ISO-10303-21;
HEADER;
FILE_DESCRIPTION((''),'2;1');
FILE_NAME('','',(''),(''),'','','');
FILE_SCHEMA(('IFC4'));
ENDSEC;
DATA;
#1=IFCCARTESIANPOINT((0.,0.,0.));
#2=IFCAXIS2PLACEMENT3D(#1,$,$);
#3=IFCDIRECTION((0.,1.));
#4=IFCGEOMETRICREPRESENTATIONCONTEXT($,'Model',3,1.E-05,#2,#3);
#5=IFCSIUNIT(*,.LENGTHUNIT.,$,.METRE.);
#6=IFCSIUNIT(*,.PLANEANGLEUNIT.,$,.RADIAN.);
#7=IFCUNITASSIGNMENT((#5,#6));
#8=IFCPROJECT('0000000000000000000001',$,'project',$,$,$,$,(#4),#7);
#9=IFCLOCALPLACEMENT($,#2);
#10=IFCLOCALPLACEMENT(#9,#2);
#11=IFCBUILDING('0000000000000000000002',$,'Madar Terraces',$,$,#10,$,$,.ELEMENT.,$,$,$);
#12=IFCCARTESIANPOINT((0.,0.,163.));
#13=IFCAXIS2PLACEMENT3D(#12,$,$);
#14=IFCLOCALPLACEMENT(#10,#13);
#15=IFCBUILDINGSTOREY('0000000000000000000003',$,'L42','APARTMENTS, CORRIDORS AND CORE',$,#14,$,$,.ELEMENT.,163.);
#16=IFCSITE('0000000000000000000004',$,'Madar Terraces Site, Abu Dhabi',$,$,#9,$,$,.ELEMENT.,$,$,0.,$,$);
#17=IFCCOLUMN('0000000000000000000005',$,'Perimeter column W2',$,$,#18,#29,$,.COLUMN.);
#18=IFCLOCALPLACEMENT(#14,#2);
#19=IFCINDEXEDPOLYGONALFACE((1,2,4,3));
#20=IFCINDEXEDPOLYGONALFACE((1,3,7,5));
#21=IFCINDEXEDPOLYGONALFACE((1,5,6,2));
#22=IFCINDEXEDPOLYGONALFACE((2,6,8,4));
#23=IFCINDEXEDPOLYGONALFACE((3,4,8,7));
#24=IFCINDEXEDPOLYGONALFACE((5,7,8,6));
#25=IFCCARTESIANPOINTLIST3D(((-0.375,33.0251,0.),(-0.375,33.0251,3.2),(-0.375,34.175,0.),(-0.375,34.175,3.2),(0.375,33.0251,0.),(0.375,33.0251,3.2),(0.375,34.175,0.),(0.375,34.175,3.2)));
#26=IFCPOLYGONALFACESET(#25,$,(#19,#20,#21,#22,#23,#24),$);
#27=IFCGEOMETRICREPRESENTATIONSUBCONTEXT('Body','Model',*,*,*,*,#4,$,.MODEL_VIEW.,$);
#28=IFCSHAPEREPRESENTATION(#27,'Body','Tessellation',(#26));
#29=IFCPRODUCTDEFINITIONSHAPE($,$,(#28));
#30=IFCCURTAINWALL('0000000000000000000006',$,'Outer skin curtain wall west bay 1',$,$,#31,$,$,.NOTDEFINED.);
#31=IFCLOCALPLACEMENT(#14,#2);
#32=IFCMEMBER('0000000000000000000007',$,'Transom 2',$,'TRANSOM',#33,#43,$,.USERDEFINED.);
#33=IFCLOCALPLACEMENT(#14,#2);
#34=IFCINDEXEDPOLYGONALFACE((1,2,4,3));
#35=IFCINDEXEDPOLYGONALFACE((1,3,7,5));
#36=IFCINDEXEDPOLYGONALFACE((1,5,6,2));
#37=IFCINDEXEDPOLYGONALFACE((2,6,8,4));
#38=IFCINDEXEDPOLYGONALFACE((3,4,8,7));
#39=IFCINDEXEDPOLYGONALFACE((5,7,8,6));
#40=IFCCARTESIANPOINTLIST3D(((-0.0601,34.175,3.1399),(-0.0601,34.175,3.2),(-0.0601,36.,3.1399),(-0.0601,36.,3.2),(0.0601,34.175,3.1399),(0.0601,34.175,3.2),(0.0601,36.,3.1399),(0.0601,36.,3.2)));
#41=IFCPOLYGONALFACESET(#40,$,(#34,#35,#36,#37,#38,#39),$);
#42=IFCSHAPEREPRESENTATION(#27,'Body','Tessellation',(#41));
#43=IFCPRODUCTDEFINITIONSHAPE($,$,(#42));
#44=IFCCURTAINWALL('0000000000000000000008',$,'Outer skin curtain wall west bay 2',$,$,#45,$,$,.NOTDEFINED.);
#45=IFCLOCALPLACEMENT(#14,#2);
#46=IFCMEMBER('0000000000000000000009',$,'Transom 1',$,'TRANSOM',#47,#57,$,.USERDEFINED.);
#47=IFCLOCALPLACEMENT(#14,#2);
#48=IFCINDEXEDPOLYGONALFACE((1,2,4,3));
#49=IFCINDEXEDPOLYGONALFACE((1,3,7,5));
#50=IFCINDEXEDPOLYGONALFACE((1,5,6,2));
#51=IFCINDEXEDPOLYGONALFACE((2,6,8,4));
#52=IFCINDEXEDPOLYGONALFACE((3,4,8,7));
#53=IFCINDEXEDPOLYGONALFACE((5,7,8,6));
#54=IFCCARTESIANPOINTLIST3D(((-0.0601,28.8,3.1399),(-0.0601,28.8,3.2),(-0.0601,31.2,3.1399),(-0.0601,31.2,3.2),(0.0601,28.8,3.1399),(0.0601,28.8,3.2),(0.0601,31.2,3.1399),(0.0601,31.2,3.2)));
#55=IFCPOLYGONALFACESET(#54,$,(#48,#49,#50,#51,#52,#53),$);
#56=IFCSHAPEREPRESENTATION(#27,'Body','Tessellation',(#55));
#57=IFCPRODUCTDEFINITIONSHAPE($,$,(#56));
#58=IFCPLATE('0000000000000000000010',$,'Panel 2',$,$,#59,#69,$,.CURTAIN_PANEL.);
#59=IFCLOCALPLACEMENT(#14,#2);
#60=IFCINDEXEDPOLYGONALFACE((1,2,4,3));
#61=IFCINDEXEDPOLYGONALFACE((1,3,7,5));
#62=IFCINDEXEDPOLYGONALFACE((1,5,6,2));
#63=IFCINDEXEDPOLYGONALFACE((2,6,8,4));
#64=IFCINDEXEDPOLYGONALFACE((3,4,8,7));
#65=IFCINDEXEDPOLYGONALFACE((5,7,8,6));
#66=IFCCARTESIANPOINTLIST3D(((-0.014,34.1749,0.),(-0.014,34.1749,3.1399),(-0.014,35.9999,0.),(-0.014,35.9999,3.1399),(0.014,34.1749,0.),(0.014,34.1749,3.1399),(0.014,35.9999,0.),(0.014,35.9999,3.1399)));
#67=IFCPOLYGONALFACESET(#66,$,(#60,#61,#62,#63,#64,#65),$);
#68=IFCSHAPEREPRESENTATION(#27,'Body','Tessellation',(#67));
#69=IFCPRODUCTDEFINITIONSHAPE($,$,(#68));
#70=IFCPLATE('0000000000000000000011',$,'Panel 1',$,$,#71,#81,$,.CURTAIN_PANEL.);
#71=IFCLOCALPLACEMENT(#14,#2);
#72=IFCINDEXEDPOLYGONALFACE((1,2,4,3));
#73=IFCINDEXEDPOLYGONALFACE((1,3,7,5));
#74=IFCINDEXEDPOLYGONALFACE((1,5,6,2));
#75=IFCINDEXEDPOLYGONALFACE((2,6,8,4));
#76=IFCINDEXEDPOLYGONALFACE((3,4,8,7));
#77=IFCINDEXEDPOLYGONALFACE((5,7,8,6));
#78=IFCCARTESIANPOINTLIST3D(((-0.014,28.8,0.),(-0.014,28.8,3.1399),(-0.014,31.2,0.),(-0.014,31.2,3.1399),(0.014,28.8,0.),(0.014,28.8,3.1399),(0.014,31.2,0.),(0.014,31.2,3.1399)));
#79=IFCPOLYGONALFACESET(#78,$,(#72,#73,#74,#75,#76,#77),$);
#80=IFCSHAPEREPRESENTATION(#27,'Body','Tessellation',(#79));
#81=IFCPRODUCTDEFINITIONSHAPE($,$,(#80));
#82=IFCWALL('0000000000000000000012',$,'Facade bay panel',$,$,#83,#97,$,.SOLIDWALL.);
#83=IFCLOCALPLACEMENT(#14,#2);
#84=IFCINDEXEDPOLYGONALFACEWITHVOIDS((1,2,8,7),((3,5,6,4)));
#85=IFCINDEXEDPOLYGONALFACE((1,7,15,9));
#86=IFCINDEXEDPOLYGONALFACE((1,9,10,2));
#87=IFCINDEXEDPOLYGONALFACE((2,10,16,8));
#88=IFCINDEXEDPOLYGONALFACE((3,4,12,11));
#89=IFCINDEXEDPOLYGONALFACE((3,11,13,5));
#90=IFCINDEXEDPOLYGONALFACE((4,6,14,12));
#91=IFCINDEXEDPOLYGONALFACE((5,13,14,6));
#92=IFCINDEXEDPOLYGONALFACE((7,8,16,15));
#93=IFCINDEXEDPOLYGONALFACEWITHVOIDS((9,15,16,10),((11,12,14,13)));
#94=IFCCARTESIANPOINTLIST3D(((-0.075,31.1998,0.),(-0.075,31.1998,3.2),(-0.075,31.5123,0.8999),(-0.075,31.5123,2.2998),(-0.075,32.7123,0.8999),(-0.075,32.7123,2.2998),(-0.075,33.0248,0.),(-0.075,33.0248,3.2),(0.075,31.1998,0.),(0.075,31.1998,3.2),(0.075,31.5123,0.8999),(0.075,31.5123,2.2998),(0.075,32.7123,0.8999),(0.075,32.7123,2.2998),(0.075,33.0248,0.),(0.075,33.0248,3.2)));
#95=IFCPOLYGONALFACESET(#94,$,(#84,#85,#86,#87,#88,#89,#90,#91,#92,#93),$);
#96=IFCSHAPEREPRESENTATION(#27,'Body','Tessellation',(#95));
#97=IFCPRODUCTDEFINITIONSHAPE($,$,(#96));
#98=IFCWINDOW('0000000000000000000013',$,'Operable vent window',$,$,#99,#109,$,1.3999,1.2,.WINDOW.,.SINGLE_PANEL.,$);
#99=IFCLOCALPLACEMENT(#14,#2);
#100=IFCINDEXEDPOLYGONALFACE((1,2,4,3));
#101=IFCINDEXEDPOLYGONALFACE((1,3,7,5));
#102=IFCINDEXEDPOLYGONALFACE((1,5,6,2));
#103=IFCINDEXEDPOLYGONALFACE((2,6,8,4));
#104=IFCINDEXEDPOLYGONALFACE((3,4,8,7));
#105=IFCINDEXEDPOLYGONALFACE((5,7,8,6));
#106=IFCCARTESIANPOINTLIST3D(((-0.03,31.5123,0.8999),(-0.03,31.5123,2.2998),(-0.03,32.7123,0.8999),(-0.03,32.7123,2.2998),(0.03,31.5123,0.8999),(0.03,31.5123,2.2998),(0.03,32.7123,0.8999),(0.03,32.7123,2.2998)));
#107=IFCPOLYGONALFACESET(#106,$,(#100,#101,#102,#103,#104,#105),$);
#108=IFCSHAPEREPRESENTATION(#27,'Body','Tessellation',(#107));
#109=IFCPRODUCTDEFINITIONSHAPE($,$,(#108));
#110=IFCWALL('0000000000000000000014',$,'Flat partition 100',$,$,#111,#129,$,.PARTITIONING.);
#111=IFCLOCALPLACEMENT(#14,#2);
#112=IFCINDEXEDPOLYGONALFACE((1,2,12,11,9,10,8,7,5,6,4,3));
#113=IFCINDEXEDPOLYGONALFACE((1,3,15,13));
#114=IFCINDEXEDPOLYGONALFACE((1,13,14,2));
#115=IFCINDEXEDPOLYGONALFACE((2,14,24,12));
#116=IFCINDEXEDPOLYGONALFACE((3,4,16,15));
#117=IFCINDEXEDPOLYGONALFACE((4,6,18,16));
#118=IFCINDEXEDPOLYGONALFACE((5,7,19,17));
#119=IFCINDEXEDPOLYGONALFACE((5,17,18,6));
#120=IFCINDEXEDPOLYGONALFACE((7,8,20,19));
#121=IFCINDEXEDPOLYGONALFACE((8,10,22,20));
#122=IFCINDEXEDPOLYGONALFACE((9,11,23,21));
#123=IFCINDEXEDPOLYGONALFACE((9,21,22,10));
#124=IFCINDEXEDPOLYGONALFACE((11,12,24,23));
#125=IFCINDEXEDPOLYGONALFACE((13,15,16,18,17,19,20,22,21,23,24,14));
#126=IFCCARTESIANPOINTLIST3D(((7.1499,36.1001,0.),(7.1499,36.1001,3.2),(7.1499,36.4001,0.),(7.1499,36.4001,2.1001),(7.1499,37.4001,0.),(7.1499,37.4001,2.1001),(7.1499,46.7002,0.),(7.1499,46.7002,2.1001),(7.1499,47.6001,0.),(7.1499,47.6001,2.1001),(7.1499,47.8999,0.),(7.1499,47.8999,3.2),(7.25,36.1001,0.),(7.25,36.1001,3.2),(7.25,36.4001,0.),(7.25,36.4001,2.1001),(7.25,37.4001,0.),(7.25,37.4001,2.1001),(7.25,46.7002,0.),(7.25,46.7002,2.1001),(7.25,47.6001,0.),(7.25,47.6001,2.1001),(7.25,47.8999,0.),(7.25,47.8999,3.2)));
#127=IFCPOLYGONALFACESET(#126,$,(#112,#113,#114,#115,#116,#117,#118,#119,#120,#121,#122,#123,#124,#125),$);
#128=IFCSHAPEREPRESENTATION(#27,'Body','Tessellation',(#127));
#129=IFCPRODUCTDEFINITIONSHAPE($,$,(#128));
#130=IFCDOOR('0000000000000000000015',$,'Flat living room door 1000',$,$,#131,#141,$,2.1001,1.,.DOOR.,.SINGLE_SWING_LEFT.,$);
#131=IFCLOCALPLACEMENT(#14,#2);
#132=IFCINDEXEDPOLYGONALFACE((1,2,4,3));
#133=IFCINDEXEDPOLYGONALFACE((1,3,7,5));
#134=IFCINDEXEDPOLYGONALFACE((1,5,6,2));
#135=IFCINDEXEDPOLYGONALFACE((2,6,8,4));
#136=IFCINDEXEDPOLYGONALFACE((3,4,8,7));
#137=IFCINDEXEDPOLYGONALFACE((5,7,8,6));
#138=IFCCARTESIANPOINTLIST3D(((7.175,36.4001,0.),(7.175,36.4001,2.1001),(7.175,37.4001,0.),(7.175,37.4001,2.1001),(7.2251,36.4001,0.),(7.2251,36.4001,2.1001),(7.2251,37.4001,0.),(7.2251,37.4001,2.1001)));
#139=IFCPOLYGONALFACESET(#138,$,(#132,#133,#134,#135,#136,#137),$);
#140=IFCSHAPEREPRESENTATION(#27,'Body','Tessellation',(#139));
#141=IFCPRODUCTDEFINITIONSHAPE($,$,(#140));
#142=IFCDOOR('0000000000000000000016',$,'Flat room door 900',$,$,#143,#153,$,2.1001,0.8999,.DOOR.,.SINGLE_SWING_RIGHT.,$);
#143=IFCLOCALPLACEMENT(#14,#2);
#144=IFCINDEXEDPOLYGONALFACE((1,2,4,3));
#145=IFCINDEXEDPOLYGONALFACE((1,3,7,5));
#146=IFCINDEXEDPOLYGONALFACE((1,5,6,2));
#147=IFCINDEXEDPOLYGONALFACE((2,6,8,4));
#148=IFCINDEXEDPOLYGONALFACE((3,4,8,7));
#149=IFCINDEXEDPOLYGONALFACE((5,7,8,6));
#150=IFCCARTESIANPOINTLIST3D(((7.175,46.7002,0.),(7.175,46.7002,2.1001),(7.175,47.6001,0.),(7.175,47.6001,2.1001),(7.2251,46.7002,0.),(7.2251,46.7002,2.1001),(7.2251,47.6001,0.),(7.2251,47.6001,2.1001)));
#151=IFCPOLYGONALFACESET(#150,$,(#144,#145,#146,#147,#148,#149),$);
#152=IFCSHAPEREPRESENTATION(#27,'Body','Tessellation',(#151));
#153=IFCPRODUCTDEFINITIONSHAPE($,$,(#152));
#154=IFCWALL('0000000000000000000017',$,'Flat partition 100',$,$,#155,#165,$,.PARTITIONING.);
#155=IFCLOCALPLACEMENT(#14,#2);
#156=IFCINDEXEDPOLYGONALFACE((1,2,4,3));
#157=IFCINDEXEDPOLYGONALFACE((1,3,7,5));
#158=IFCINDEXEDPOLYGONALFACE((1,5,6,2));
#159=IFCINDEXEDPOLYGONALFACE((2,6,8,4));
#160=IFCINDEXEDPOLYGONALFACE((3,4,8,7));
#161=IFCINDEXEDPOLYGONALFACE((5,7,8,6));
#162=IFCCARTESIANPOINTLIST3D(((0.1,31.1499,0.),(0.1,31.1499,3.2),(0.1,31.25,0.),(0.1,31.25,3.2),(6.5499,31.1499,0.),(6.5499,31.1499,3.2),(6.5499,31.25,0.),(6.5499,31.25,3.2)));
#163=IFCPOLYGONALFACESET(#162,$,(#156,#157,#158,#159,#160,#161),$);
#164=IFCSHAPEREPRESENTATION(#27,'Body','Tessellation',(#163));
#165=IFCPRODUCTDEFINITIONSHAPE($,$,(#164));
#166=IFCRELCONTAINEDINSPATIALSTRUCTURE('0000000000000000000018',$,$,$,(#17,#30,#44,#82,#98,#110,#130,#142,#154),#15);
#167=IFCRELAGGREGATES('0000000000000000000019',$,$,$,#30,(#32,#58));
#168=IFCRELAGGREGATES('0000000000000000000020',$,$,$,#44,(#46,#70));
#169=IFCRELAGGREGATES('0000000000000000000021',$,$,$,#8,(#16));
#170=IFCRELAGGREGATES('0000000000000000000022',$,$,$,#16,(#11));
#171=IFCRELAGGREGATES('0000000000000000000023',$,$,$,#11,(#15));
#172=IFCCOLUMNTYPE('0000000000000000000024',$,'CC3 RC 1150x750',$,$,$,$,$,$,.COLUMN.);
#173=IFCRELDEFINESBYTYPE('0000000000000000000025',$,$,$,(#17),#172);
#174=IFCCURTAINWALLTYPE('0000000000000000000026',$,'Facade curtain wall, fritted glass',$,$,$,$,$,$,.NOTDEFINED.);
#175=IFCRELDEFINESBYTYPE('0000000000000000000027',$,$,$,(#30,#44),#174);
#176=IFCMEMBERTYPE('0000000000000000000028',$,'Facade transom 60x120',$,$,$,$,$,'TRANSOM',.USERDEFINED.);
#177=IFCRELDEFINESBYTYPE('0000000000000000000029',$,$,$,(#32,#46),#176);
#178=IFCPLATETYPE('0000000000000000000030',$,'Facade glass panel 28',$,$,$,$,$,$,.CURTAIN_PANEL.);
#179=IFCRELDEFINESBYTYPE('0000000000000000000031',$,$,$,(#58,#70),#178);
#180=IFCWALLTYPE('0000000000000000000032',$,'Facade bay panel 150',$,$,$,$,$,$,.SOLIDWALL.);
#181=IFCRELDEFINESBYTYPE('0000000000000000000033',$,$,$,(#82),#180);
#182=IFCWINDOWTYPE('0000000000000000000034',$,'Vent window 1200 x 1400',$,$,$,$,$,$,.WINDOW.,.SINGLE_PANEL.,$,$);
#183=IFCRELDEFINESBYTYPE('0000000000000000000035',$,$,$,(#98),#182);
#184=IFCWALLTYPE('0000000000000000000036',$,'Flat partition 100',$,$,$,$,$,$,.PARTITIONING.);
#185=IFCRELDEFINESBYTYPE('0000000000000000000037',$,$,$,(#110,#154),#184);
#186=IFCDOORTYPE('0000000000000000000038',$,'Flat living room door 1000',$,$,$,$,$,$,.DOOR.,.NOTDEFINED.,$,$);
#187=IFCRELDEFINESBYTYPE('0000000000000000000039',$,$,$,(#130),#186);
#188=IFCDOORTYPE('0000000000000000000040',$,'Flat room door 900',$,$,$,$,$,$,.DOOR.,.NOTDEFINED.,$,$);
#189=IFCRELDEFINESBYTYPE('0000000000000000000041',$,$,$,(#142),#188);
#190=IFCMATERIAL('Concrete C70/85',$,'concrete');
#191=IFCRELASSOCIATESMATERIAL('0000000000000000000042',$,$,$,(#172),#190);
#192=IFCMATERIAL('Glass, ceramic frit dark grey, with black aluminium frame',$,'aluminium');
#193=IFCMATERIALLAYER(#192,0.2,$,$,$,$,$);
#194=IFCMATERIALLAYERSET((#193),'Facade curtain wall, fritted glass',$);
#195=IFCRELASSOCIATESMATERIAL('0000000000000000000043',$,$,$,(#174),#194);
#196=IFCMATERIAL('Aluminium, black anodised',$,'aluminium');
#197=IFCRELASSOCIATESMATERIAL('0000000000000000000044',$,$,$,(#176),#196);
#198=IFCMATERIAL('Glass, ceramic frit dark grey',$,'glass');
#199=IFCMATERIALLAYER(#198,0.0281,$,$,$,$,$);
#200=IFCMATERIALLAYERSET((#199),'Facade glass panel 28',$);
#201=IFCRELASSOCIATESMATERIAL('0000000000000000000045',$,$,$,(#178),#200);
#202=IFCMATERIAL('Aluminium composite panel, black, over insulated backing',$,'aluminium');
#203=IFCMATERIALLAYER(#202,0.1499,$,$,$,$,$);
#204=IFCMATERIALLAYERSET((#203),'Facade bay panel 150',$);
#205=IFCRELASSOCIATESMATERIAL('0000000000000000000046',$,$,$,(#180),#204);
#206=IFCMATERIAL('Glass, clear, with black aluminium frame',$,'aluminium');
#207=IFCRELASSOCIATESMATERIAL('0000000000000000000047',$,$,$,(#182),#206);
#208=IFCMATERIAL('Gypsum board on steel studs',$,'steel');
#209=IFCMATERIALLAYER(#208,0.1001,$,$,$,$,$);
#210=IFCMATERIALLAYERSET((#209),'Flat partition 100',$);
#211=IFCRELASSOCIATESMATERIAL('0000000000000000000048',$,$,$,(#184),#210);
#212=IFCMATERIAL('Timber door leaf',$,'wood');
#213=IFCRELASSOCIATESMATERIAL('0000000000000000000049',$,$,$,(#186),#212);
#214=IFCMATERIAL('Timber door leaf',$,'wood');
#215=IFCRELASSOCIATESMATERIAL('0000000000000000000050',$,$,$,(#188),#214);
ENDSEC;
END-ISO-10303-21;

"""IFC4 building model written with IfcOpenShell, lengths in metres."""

from ifc_helpers import new_model, si_unit, direction, frame, frame_2d, origin, origin_2d, place, context, subcontext, project, spatial, rectangle, extrude, material, layer, layer_set, material_profile, profile_set, type_object, element, fill, aggregate, save


model = new_model("IFC4")

# Units and contexts
model_context = context("Model", 3, precision=1e-05, world=origin(), true_north=direction((0.0, 1.0)))
body_context = subcontext(model_context, "Body", "Model", "MODEL_VIEW")
ifc_project = project(units=[si_unit("LENGTHUNIT", "METRE"), si_unit("PLANEANGLEUNIT", "RADIAN")], contexts=[model_context])

# Site, building, storey
site_placement = place(None, origin())
site = spatial("IfcSite", under=ifc_project, at=site_placement, Name="Madar Terraces Site, Abu Dhabi", CompositionType="ELEMENT", RefElevation=0.0)
building_placement = place(site_placement, origin())
building = spatial("IfcBuilding", under=site, at=building_placement, Name="Madar Terraces", CompositionType="ELEMENT")
storey_placement = place(building_placement, frame((0.0, 0.0, 163.0)))
storey = spatial("IfcBuildingStorey", under=building, at=storey_placement, Name="L42", Description="APARTMENTS, CORRIDORS AND CORE", CompositionType="ELEMENT", Elevation=163.0)

# Column
ifc_material_1 = material(Name="Concrete C70/85", Category="concrete")
ifc_material_profile_1 = material_profile(ifc_material_1, rectangle(XDim=1.1499, YDim=0.75, at=origin_2d()), Name="CC3 RC 1150x750")
ifc_profile_set_1 = profile_set([ifc_material_profile_1], Name="Concrete C70/85")
column_type = type_object("IfcColumnType", Name="CC3 RC 1150x750", PredefinedType="COLUMN", material=ifc_profile_set_1)
column_placement = place(storey_placement, frame((0.0, 33.6001, 0.0), z_axis=(0.0, 0.0, 1.0), x_axis=(0.0, 1.0, 0.0)))
element("IfcColumn", 1, at=column_placement, inside=storey, type_object=column_type, Name="Perimeter column W2", PredefinedType="COLUMN", context=body_context, shape_type="SweptSolid", body=[
    extrude(rectangle(XDim=1.1499, YDim=0.75, at=origin_2d()), origin(), (0.0, 0.0, 1.0), 3.2),
])

# Curtain walls, members
ifc_material_2 = material(Name="Glass, ceramic frit dark grey, with black aluminium frame", Category="aluminium")
ifc_layer_1 = layer(ifc_material_2, 0.2)
ifc_layer_set_1 = layer_set([ifc_layer_1], Name="Facade curtain wall, fritted glass")
curtain_wall_type = type_object("IfcCurtainWallType", Name="Facade curtain wall, fritted glass", PredefinedType="NOTDEFINED", material=ifc_layer_set_1)
curtain_wall_1_placement = place(storey_placement, origin())
curtain_wall_1 = element("IfcCurtainWall", 2, at=curtain_wall_1_placement, inside=storey, type_object=curtain_wall_type, Name="Outer skin curtain wall west bay 1", PredefinedType="NOTDEFINED")
ifc_material_3 = material(Name="Aluminium, black anodised", Category="aluminium")
ifc_material_profile_2 = material_profile(ifc_material_3, rectangle(XDim=0.1201, YDim=0.0601, at=origin_2d()), Name="Facade transom 60x120")
ifc_profile_set_2 = profile_set([ifc_material_profile_2], Name="Aluminium, black anodised")
member_type = type_object("IfcMemberType", Name="Facade transom 60x120", ElementType="TRANSOM", PredefinedType="USERDEFINED", material=ifc_profile_set_2)
member_1_placement = place(storey_placement, frame((0.0, 36.0, 3.1699), z_axis=(0.0, -1.0, 0.0), x_axis=(1.0, 0.0, 0.0)))
member_1 = element("IfcMember", 3, at=member_1_placement, type_object=member_type, Name="Transom 2", ObjectType="TRANSOM", PredefinedType="USERDEFINED", context=body_context, shape_type="SweptSolid", body=[
    extrude(rectangle(XDim=0.1201, YDim=0.0601, at=origin_2d()), origin(), (0.0, 0.0, 1.0), 1.825),
])
curtain_wall_2_placement = place(storey_placement, origin())
curtain_wall_2 = element("IfcCurtainWall", 4, at=curtain_wall_2_placement, inside=storey, type_object=curtain_wall_type, Name="Outer skin curtain wall west bay 2", PredefinedType="NOTDEFINED")
member_2_placement = place(storey_placement, frame((0.0, 31.2, 3.1699), z_axis=(0.0, -1.0, 0.0), x_axis=(1.0, 0.0, 0.0)))
member_2 = element("IfcMember", 5, at=member_2_placement, type_object=member_type, Name="Transom 1", ObjectType="TRANSOM", PredefinedType="USERDEFINED", context=body_context, shape_type="SweptSolid", body=[
    extrude(rectangle(XDim=0.1201, YDim=0.0601, at=origin_2d()), origin(), (0.0, 0.0, 1.0), 2.3999),
])

# Plates
ifc_material_4 = material(Name="Glass, ceramic frit dark grey", Category="glass")
ifc_layer_2 = layer(ifc_material_4, 0.0281)
ifc_layer_set_2 = layer_set([ifc_layer_2], Name="Facade glass panel 28")
plate_type = type_object("IfcPlateType", Name="Facade glass panel 28", PredefinedType="CURTAIN_PANEL", material=ifc_layer_set_2)
plate_1_placement = place(storey_placement, frame((0.0, 35.0874, 0.0), z_axis=(0.0, 0.0, 1.0), x_axis=(0.0, -1.0, 0.0)))
plate_1 = element("IfcPlate", 6, at=plate_1_placement, type_object=plate_type, Name="Panel 2", PredefinedType="CURTAIN_PANEL", context=body_context, shape_type="SweptSolid", body=[
    extrude(rectangle(XDim=1.825, YDim=0.0281, at=origin_2d()), origin(), (0.0, 0.0, 1.0), 3.1399),
])
aggregate(curtain_wall_1, [member_1, plate_1])
plate_2_placement = place(storey_placement, frame((0.0, 30.0, 0.0), z_axis=(0.0, 0.0, 1.0), x_axis=(0.0, -1.0, 0.0)))
plate_2 = element("IfcPlate", 7, at=plate_2_placement, type_object=plate_type, Name="Panel 1", PredefinedType="CURTAIN_PANEL", context=body_context, shape_type="SweptSolid", body=[
    extrude(rectangle(XDim=2.3999, YDim=0.0281, at=origin_2d()), origin(), (0.0, 0.0, 1.0), 3.1399),
])
aggregate(curtain_wall_2, [member_2, plate_2])

# Wall, opening, window
ifc_material_5 = material(Name="Aluminium composite panel, black, over insulated backing", Category="aluminium")
ifc_layer_3 = layer(ifc_material_5, 0.1499)
ifc_layer_set_3 = layer_set([ifc_layer_3], Name="Facade bay panel 150")
wall_type_1 = type_object("IfcWallType", Name="Facade bay panel 150", PredefinedType="SOLIDWALL", material=ifc_layer_set_3)
wall_1_placement = place(storey_placement, frame((0.0, 33.0249, 0.0), z_axis=(0.0, 0.0, 1.0), x_axis=(0.0, -1.0, 0.0)))
wall_1 = element("IfcWall", 8, at=wall_1_placement, inside=storey, type_object=wall_type_1, Name="Facade bay panel", PredefinedType="SOLIDWALL", context=body_context, shape_type="SweptSolid", body=[
    extrude(rectangle(XDim=1.825, YDim=0.1499, at=frame_2d((0.9126, 0.0))), origin(), (0.0, 0.0, 1.0), 3.2),
])
opening_1_placement = place(wall_1_placement, frame((0.3125, 0.0, 0.8999)))
opening_1 = element("IfcOpeningElement", 9, at=opening_1_placement, cuts=wall_1, PredefinedType="OPENING", context=body_context, shape_type="SweptSolid", body=[
    extrude(rectangle(XDim=1.2, YDim=1.3999, at=frame_2d((0.6001, 0.7))), frame((0.0, 0.085, 0.0), z_axis=(0.0, -1.0, 0.0), x_axis=(1.0, 0.0, 0.0)), (0.0, 0.0, 1.0), 0.1699),
])
ifc_material_6 = material(Name="Glass, clear, with black aluminium frame", Category="aluminium")
window_type = type_object("IfcWindowType", Name="Vent window 1200 x 1400", PartitioningType="SINGLE_PANEL", PredefinedType="WINDOW", material=ifc_material_6)
window_placement = place(opening_1_placement, origin())
window = element("IfcWindow", 10, at=window_placement, inside=storey, type_object=window_type, Name="Operable vent window", OverallHeight=1.3999, OverallWidth=1.2, PartitioningType="SINGLE_PANEL", PredefinedType="WINDOW", context=body_context, shape_type="SweptSolid", body=[
    extrude(rectangle(XDim=1.2, YDim=1.3999, at=frame_2d((0.6001, 0.7))), frame((0.0, 0.03, 0.0), z_axis=(0.0, -1.0, 0.0), x_axis=(1.0, 0.0, 0.0)), (0.0, 0.0, 1.0), 0.0601),
])
fill(opening_1, window)

# Wall, openings, doors
ifc_material_7 = material(Name="Gypsum board on steel studs", Category="steel")
ifc_layer_4 = layer(ifc_material_7, 0.1001)
ifc_layer_set_4 = layer_set([ifc_layer_4], Name="Flat partition 100")
wall_type_2 = type_object("IfcWallType", Name="Flat partition 100", PredefinedType="PARTITIONING", material=ifc_layer_set_4)
wall_2_placement = place(storey_placement, frame((7.2, 36.1001, 0.0), z_axis=(0.0, 0.0, 1.0), x_axis=(0.0, 1.0, 0.0)))
wall_2 = element("IfcWall", 11, at=wall_2_placement, inside=storey, type_object=wall_type_2, Name="Flat partition 100", PredefinedType="PARTITIONING", context=body_context, shape_type="SweptSolid", body=[
    extrude(rectangle(XDim=11.7998, YDim=0.1001, at=frame_2d((5.8999, 0.0))), origin(), (0.0, 0.0, 1.0), 3.2),
])
opening_2_placement = place(wall_2_placement, frame((0.3, 0.0, 0.0)))
opening_2 = element("IfcOpeningElement", 12, at=opening_2_placement, cuts=wall_2, PredefinedType="OPENING", context=body_context, shape_type="SweptSolid", body=[
    extrude(rectangle(XDim=1.0, YDim=2.1001, at=frame_2d((0.5, 1.05))), frame((0.0, 0.0601, 0.0), z_axis=(0.0, -1.0, 0.0), x_axis=(1.0, 0.0, 0.0)), (0.0, 0.0, 1.0), 0.1201),
])
opening_3_placement = place(wall_2_placement, frame((10.6001, 0.0, 0.0)))
opening_3 = element("IfcOpeningElement", 13, at=opening_3_placement, cuts=wall_2, PredefinedType="OPENING", context=body_context, shape_type="SweptSolid", body=[
    extrude(rectangle(XDim=0.8999, YDim=2.1001, at=frame_2d((0.45, 1.05))), frame((0.0, 0.0601, 0.0), z_axis=(0.0, -1.0, 0.0), x_axis=(1.0, 0.0, 0.0)), (0.0, 0.0, 1.0), 0.1201),
])
ifc_material_8 = material(Name="Timber door leaf", Category="wood")
door_type_1 = type_object("IfcDoorType", Name="Flat living room door 1000", OperationType="NOTDEFINED", PredefinedType="DOOR", material=ifc_material_8)
door_1_placement = place(opening_2_placement, origin())
door_1 = element("IfcDoor", 14, at=door_1_placement, inside=storey, type_object=door_type_1, Name="Flat living room door 1000", OperationType="SINGLE_SWING_LEFT", OverallHeight=2.1001, OverallWidth=1.0, PredefinedType="DOOR", context=body_context, shape_type="SweptSolid", body=[
    extrude(rectangle(XDim=1.0, YDim=2.1001, at=frame_2d((0.5, 1.05))), frame((0.0, 0.0249, 0.0), z_axis=(0.0, -1.0, 0.0), x_axis=(1.0, 0.0, 0.0)), (0.0, 0.0, 1.0), 0.05),
])
fill(opening_2, door_1)
ifc_material_9 = material(Name="Timber door leaf", Category="wood")
door_type_2 = type_object("IfcDoorType", Name="Flat room door 900", OperationType="NOTDEFINED", PredefinedType="DOOR", material=ifc_material_9)
door_2_placement = place(opening_3_placement, origin())
door_2 = element("IfcDoor", 15, at=door_2_placement, inside=storey, type_object=door_type_2, Name="Flat room door 900", OperationType="SINGLE_SWING_RIGHT", OverallHeight=2.1001, OverallWidth=0.8999, PredefinedType="DOOR", context=body_context, shape_type="SweptSolid", body=[
    extrude(rectangle(XDim=0.8999, YDim=2.1001, at=frame_2d((0.45, 1.05))), frame((0.0, 0.0249, 0.0), z_axis=(0.0, -1.0, 0.0), x_axis=(1.0, 0.0, 0.0)), (0.0, 0.0, 1.0), 0.05),
])
fill(opening_3, door_2)

# Wall
wall_3_placement = place(storey_placement, frame((6.55, 31.2, 0.0), z_axis=(0.0, 0.0, 1.0), x_axis=(-1.0, 0.0, 0.0)))
element("IfcWall", 16, at=wall_3_placement, inside=storey, type_object=wall_type_2, Name="Flat partition 100", PredefinedType="PARTITIONING", context=body_context, shape_type="SweptSolid", body=[
    extrude(rectangle(XDim=6.45, YDim=0.1001, at=frame_2d((3.2251, 0.0))), origin(), (0.0, 0.0, 1.0), 3.2),
])

save(model, "model.ifc")
